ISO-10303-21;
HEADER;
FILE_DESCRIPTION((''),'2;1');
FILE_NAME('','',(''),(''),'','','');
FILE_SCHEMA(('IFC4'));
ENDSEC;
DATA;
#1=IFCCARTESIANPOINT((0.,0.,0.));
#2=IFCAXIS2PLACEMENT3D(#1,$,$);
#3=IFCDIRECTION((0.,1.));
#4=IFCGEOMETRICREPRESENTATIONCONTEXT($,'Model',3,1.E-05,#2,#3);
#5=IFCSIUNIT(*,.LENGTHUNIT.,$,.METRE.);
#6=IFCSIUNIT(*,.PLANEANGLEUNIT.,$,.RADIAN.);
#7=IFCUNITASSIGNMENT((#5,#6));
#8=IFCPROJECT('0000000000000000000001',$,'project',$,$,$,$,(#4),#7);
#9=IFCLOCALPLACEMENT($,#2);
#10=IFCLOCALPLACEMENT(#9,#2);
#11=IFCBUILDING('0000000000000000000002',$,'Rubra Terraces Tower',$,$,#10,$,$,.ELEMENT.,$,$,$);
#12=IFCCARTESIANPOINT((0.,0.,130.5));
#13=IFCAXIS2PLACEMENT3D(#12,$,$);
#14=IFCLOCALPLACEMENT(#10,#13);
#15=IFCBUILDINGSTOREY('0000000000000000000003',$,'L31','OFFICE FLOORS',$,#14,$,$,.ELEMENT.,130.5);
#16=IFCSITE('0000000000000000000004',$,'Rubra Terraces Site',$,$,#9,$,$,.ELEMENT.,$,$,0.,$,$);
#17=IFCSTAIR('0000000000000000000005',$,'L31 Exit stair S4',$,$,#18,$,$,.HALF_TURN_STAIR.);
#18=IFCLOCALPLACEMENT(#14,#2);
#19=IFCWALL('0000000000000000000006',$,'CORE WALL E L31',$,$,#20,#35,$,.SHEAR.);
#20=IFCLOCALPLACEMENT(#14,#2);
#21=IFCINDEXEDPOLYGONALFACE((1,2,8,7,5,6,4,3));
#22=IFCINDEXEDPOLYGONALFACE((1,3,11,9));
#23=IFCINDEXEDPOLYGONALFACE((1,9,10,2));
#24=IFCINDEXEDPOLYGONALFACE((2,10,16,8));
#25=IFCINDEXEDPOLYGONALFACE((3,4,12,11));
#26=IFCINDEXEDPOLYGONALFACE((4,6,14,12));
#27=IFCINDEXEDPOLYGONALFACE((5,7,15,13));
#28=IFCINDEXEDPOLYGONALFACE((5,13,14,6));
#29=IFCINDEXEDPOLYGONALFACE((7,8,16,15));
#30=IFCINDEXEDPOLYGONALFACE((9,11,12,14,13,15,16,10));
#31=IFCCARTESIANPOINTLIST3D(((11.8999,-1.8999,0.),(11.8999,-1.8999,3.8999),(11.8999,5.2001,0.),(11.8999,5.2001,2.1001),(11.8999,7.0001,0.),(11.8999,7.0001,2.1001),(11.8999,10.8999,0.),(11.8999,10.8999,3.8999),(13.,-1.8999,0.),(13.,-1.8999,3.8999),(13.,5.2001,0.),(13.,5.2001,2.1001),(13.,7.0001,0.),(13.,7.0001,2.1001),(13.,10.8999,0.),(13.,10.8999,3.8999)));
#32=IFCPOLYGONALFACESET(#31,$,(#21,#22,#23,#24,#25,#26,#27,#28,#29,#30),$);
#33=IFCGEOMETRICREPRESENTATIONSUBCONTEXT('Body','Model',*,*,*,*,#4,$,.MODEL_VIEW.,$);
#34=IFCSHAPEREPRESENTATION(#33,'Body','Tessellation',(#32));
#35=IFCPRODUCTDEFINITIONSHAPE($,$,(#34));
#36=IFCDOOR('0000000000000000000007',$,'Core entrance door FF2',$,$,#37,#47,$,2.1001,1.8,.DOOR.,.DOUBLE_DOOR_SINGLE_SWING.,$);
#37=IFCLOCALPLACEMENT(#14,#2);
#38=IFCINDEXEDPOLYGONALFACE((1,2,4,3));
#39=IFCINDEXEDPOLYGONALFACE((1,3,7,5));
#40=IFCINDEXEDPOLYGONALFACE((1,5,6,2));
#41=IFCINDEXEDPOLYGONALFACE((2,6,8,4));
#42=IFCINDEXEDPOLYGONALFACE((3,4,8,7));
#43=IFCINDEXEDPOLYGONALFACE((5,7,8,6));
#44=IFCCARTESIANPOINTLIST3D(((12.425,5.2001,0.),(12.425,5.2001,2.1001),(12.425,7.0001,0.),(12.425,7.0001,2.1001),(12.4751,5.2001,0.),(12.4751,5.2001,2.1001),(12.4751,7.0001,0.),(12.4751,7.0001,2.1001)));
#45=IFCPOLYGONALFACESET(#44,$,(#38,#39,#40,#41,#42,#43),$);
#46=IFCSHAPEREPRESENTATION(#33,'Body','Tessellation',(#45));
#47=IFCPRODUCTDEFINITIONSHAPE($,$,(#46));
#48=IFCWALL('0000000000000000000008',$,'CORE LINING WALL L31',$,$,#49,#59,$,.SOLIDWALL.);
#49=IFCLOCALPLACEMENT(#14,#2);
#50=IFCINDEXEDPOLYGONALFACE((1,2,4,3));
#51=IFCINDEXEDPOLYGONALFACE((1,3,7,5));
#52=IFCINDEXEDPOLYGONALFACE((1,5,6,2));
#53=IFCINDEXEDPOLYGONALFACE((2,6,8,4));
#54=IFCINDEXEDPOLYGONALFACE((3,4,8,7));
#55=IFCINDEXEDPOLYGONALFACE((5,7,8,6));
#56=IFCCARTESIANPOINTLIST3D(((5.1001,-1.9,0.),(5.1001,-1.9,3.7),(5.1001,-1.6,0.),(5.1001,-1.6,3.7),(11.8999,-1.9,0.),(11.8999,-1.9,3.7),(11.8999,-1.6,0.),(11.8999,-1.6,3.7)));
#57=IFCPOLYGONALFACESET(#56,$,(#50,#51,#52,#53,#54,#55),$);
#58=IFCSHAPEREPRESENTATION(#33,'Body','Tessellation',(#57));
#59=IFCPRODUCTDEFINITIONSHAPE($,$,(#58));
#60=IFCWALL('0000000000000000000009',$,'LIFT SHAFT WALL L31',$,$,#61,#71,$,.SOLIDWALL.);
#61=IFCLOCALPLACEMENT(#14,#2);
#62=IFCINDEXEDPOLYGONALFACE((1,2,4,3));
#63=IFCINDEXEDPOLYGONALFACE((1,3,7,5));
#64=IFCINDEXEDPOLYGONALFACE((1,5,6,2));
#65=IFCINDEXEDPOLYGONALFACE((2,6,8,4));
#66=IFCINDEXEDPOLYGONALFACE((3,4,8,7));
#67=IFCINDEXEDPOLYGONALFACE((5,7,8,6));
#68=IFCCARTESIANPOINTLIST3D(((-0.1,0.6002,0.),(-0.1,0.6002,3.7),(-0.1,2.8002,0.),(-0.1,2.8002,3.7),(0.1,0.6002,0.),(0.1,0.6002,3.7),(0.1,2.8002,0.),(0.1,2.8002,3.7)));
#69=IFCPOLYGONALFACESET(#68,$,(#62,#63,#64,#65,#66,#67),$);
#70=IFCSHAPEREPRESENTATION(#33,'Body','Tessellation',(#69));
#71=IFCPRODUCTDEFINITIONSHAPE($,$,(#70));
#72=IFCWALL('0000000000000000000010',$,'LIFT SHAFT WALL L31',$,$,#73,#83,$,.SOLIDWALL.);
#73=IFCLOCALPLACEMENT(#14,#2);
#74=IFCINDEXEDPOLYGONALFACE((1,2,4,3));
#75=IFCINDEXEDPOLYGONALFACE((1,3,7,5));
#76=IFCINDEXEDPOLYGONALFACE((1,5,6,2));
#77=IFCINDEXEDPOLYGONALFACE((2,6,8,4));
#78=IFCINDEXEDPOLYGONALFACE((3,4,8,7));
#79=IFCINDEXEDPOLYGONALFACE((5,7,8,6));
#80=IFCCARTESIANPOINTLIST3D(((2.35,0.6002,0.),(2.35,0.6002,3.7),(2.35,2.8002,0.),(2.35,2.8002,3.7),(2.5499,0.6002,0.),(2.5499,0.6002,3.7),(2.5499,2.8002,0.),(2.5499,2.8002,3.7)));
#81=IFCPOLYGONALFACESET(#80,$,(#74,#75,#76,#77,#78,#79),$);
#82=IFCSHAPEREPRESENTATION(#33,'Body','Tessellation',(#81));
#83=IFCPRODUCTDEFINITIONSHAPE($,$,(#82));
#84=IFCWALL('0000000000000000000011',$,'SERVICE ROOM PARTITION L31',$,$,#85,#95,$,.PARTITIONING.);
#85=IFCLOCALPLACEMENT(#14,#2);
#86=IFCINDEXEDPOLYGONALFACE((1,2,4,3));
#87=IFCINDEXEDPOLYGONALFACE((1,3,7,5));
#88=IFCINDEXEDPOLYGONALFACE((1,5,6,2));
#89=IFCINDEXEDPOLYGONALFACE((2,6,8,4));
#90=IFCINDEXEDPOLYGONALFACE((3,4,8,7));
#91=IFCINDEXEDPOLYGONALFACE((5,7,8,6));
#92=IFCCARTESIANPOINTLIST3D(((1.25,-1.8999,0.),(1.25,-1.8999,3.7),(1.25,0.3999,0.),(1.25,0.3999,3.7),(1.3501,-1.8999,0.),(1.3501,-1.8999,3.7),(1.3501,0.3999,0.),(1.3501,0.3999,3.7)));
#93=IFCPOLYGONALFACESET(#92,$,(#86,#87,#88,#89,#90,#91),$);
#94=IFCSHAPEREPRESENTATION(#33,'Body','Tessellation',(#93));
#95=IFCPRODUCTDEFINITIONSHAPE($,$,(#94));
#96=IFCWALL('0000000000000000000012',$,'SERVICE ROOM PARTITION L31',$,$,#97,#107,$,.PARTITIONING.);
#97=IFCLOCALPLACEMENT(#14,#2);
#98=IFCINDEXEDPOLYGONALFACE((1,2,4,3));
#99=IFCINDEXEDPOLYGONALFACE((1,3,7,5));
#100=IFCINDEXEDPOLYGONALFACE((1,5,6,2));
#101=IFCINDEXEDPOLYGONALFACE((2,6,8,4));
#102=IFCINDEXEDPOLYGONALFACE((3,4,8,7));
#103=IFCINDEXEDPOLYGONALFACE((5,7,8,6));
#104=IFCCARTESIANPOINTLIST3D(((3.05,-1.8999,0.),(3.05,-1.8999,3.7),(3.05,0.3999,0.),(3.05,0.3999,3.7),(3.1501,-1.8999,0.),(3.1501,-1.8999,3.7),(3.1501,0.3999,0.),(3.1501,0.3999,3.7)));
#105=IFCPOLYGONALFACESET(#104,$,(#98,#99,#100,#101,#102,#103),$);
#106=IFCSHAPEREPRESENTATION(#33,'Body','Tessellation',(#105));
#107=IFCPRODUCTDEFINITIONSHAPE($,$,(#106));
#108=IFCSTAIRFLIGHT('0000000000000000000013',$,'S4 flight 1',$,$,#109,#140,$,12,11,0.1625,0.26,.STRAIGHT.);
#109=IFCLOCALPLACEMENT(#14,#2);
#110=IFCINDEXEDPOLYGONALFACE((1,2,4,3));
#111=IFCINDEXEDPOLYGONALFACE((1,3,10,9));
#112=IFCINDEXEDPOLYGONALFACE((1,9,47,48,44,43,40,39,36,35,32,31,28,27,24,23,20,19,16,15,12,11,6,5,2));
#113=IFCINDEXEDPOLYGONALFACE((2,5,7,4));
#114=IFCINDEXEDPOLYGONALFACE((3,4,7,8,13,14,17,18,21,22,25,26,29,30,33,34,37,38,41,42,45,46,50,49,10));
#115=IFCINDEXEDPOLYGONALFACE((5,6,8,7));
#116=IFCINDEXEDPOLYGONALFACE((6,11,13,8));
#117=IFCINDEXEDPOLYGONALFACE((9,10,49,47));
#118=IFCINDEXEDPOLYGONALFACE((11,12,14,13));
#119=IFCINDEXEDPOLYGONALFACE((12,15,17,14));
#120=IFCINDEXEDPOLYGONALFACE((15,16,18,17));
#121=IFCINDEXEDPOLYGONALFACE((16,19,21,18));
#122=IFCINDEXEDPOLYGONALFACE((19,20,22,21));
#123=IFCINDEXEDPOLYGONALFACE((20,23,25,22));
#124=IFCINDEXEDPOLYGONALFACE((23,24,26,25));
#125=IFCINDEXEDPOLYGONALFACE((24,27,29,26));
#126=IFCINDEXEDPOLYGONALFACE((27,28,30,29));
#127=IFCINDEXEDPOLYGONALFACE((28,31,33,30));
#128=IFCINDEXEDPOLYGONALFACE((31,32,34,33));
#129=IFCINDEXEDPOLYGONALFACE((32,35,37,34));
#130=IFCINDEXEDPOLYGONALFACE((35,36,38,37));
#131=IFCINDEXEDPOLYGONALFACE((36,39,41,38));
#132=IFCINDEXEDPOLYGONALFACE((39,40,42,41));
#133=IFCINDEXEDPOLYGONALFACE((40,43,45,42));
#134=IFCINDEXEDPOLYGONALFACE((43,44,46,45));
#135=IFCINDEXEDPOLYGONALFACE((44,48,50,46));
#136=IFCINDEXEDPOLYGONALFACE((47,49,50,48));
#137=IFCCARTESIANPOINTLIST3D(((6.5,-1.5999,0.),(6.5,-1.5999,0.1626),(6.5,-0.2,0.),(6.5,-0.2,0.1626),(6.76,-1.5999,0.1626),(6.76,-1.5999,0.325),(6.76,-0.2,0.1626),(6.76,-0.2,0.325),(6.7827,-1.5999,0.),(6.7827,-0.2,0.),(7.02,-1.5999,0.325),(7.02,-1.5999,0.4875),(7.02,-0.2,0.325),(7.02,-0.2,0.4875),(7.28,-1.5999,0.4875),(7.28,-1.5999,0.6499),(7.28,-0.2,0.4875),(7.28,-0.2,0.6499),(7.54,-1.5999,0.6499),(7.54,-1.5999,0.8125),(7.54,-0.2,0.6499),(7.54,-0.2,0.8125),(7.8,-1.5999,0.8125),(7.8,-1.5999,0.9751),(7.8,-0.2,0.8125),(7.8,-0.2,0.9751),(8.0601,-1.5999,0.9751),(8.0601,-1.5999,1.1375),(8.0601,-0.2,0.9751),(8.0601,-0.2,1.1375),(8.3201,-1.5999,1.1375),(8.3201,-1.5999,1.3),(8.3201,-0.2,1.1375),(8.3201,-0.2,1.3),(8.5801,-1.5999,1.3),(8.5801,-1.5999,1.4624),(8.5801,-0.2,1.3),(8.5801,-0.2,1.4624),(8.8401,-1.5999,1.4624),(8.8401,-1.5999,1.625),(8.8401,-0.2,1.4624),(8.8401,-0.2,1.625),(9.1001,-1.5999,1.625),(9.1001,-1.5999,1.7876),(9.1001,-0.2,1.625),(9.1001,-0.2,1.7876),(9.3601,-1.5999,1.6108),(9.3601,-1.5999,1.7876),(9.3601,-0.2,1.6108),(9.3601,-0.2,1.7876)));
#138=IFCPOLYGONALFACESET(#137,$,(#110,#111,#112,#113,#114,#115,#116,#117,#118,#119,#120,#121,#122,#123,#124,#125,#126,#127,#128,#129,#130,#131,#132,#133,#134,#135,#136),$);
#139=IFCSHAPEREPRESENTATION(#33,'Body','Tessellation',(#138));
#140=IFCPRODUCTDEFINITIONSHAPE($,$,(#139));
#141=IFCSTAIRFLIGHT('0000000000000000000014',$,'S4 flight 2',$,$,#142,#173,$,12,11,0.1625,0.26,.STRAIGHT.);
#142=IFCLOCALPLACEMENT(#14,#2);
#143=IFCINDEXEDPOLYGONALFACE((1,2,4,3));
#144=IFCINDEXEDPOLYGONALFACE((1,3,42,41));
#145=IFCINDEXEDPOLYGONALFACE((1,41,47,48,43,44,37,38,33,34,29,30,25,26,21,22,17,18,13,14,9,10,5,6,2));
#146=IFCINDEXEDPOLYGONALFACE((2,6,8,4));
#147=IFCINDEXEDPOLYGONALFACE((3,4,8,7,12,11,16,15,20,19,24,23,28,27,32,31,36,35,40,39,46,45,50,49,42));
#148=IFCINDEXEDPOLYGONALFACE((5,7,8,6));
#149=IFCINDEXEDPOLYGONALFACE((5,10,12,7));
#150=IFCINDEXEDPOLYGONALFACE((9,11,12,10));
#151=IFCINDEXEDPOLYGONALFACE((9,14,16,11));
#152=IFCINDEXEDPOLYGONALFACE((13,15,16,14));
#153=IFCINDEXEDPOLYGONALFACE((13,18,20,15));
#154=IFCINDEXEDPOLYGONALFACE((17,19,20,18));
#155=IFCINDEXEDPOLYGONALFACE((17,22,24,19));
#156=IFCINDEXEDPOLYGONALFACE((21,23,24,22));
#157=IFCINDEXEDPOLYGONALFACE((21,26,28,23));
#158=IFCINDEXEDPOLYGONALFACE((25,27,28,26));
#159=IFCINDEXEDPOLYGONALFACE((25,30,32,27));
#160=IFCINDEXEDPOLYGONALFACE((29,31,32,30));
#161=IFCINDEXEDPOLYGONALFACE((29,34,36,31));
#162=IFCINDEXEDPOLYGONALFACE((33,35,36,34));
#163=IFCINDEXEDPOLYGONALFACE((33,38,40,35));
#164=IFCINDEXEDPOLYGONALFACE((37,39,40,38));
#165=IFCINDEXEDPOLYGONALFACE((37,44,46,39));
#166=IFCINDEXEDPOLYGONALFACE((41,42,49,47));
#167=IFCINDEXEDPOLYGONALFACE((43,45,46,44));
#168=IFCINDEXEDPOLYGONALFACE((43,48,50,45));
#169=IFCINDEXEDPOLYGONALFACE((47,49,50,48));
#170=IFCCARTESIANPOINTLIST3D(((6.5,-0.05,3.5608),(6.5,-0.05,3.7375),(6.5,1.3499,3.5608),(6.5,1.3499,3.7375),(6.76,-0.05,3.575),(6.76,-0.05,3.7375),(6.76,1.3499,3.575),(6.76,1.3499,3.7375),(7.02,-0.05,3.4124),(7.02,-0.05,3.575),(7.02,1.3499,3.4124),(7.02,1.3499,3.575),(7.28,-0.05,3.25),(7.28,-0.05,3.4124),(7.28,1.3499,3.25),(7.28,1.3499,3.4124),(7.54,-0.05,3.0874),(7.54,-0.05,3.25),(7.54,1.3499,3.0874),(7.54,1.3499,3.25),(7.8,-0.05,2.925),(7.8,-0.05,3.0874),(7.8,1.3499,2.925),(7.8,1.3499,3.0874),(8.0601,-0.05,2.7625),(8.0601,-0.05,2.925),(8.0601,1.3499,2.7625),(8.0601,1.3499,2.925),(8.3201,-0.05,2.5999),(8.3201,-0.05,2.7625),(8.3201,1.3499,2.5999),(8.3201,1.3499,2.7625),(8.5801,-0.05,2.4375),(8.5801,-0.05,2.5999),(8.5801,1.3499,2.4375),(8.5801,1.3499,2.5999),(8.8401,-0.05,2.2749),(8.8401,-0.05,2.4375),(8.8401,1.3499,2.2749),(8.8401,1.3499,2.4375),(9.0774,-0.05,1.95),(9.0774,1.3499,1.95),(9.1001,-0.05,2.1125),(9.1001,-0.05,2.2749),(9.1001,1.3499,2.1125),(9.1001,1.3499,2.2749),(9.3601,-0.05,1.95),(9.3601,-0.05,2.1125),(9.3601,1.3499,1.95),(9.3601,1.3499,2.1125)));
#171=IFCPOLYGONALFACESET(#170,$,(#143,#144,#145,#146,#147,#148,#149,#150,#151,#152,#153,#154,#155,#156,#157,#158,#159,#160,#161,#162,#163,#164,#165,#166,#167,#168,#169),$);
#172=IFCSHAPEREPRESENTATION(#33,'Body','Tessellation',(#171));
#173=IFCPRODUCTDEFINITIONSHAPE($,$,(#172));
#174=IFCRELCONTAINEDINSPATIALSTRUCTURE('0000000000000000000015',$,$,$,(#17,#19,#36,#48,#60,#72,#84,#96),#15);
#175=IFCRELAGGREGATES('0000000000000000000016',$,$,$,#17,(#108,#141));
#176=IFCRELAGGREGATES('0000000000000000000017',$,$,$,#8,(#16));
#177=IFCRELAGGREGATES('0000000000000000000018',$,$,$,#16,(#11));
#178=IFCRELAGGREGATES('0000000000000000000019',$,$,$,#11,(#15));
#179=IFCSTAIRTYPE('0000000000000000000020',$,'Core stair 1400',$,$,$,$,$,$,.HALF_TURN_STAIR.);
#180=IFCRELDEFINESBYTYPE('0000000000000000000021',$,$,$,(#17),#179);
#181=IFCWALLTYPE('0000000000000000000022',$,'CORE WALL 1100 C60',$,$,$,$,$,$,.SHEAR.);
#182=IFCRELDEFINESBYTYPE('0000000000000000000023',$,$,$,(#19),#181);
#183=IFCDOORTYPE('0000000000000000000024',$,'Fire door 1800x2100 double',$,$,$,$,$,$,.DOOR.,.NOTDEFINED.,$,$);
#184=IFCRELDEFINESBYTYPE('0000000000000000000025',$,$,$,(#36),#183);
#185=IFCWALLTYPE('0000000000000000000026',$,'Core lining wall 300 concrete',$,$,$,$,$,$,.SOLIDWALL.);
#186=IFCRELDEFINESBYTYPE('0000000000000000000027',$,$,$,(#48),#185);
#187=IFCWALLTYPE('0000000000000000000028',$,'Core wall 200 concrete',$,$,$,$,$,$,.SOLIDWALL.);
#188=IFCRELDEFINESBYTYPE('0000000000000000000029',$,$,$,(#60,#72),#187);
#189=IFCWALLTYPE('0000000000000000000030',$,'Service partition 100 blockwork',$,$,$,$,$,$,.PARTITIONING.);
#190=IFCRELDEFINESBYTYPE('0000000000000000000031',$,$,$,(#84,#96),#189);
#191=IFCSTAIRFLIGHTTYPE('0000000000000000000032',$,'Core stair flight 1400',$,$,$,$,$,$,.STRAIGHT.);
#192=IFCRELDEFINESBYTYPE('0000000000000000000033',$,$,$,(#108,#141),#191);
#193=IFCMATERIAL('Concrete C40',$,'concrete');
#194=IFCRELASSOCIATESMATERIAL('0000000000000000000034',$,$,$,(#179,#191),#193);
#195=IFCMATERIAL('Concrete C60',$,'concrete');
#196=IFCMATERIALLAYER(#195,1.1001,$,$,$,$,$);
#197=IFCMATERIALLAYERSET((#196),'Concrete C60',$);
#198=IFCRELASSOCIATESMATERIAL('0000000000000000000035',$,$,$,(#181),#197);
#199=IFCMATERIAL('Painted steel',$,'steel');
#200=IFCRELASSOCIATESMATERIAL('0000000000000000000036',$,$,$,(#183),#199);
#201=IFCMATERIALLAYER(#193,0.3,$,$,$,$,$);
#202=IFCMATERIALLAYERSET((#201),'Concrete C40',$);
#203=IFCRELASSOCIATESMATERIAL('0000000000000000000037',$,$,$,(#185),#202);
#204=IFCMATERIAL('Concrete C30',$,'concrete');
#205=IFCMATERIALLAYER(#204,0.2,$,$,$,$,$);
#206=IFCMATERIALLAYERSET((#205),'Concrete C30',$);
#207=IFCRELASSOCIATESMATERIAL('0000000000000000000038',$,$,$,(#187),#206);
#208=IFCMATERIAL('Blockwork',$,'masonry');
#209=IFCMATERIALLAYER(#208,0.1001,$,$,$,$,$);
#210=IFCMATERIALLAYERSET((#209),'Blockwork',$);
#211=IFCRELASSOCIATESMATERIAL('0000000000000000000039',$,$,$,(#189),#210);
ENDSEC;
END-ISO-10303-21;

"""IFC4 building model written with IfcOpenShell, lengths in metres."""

from ifc_helpers import new_model, si_unit, direction, frame, frame_2d, origin, place, context, subcontext, project, spatial, polyline, rectangle, outline, extrude, material, layer, layer_set, type_object, element, fill, aggregate, save


model = new_model("IFC4")

# Units and contexts
model_context = context("Model", 3, precision=1e-05, world=origin(), true_north=direction((0.0, 1.0)))
body_context = subcontext(model_context, "Body", "Model", "MODEL_VIEW")
ifc_project = project(units=[si_unit("LENGTHUNIT", "METRE"), si_unit("PLANEANGLEUNIT", "RADIAN")], contexts=[model_context])

# Site, building, storey
site_placement = place(None, origin())
site = spatial("IfcSite", under=ifc_project, at=site_placement, Name="Rubra Terraces Site", CompositionType="ELEMENT", RefElevation=0.0)
building_placement = place(site_placement, origin())
building = spatial("IfcBuilding", under=site, at=building_placement, Name="Rubra Terraces Tower", CompositionType="ELEMENT")
storey_placement = place(building_placement, frame((0.0, 0.0, 130.5)))
storey = spatial("IfcBuildingStorey", under=building, at=storey_placement, Name="L31", Description="OFFICE FLOORS", CompositionType="ELEMENT", Elevation=130.5)

# Shared definitions
ifc_material_1 = material(Name="Concrete C40", Category="concrete")

# Stair
stair_type = type_object("IfcStairType", Name="Core stair 1400", PredefinedType="HALF_TURN_STAIR", material=ifc_material_1)
stair_1_placement = place(storey_placement, origin())
stair_1 = element("IfcStair", 1, at=stair_1_placement, inside=storey, type_object=stair_type, Name="L31 Exit stair S4", PredefinedType="HALF_TURN_STAIR")

# Wall, opening, door
ifc_material_2 = material(Name="Concrete C60", Category="concrete")
ifc_layer_1 = layer(ifc_material_2, 1.1001)
ifc_layer_set_1 = layer_set([ifc_layer_1], Name="Concrete C60")
wall_type_1 = type_object("IfcWallType", Name="CORE WALL 1100 C60", PredefinedType="SHEAR", material=ifc_layer_set_1)
wall_1_placement = place(storey_placement, frame((12.45, -1.8999, 0.0), z_axis=(0.0, 0.0, 1.0), x_axis=(0.0, 1.0, 0.0)))
wall_1 = element("IfcWall", 2, at=wall_1_placement, inside=storey, type_object=wall_type_1, Name="CORE WALL E L31", PredefinedType="SHEAR", context=body_context, shape_type="SweptSolid", body=[
    extrude(rectangle(XDim=12.7998, YDim=1.1001, at=frame_2d((6.3999, 0.0))), origin(), (0.0, 0.0, 1.0), 3.8999),
])
opening_placement = place(wall_1_placement, frame((7.1001, 0.0, 0.0)))
opening = element("IfcOpeningElement", 3, at=opening_placement, cuts=wall_1, PredefinedType="OPENING", context=body_context, shape_type="SweptSolid", body=[
    extrude(rectangle(XDim=1.8, YDim=2.1001, at=frame_2d((0.8999, 1.05))), frame((0.0, 0.5601, 0.0), z_axis=(0.0, -1.0, 0.0), x_axis=(1.0, 0.0, 0.0)), (0.0, 0.0, 1.0), 1.1201),
])
ifc_material_3 = material(Name="Painted steel", Category="steel")
door_type = type_object("IfcDoorType", Name="Fire door 1800x2100 double", OperationType="NOTDEFINED", PredefinedType="DOOR", material=ifc_material_3)
door_placement = place(opening_placement, origin())
door = element("IfcDoor", 4, at=door_placement, inside=storey, type_object=door_type, Name="Core entrance door FF2", OperationType="DOUBLE_DOOR_SINGLE_SWING", OverallHeight=2.1001, OverallWidth=1.8, PredefinedType="DOOR", context=body_context, shape_type="SweptSolid", body=[
    extrude(rectangle(XDim=1.8, YDim=2.1001, at=frame_2d((0.8999, 1.05))), frame((0.0, 0.0249, 0.0), z_axis=(0.0, -1.0, 0.0), x_axis=(1.0, 0.0, 0.0)), (0.0, 0.0, 1.0), 0.05),
])
fill(opening, door)

# Walls
ifc_layer_2 = layer(ifc_material_1, 0.3)
ifc_layer_set_2 = layer_set([ifc_layer_2], Name="Concrete C40")
wall_type_2 = type_object("IfcWallType", Name="Core lining wall 300 concrete", PredefinedType="SOLIDWALL", material=ifc_layer_set_2)
wall_2_placement = place(storey_placement, frame((11.8999, -1.75, 0.0), z_axis=(0.0, 0.0, 1.0), x_axis=(-1.0, 0.0, 0.0)))
element("IfcWall", 5, at=wall_2_placement, inside=storey, type_object=wall_type_2, Name="CORE LINING WALL L31", PredefinedType="SOLIDWALL", context=body_context, shape_type="SweptSolid", body=[
    extrude(rectangle(XDim=6.7998, YDim=0.3, at=frame_2d((3.3999, 0.0))), origin(), (0.0, 0.0, 1.0), 3.7),
])
ifc_material_4 = material(Name="Concrete C30", Category="concrete")
ifc_layer_3 = layer(ifc_material_4, 0.2)
ifc_layer_set_3 = layer_set([ifc_layer_3], Name="Concrete C30")
wall_type_3 = type_object("IfcWallType", Name="Core wall 200 concrete", PredefinedType="SOLIDWALL", material=ifc_layer_set_3)
for number, where, z_axis, x_axis, name in (
    (6, (0.0, 0.6001, 0.0), (0.0, 0.0, 1.0), (0.0, 1.0, 0.0), "LIFT SHAFT WALL L31"),
    (7, (2.45, 0.6001, 0.0), (0.0, 0.0, 1.0), (0.0, 1.0, 0.0), "LIFT SHAFT WALL L31"),
):
    element("IfcWall", number, at=place(storey_placement, frame(where, z_axis=z_axis, x_axis=x_axis)), inside=storey, type_object=wall_type_3, Name=name, PredefinedType="SOLIDWALL", context=body_context, shape_type="SweptSolid", body=[
        extrude(rectangle(XDim=2.2, YDim=0.2, at=frame_2d((1.1001, 0.0))), origin(), (0.0, 0.0, 1.0), 3.7),
    ])
ifc_material_5 = material(Name="Blockwork", Category="masonry")
ifc_layer_4 = layer(ifc_material_5, 0.1001)
ifc_layer_set_4 = layer_set([ifc_layer_4], Name="Blockwork")
wall_type_4 = type_object("IfcWallType", Name="Service partition 100 blockwork", PredefinedType="PARTITIONING", material=ifc_layer_set_4)
for number, where, z_axis, x_axis, name in (
    (8, (1.3, -1.8999, 0.0), (0.0, 0.0, 1.0), (0.0, 1.0, 0.0), "SERVICE ROOM PARTITION L31"),
    (9, (3.1001, -1.8999, 0.0), (0.0, 0.0, 1.0), (0.0, 1.0, 0.0), "SERVICE ROOM PARTITION L31"),
):
    element("IfcWall", number, at=place(storey_placement, frame(where, z_axis=z_axis, x_axis=x_axis)), inside=storey, type_object=wall_type_4, Name=name, PredefinedType="PARTITIONING", context=body_context, shape_type="SweptSolid", body=[
        extrude(rectangle(XDim=2.2998, YDim=0.1001, at=frame_2d((1.1499, 0.0))), origin(), (0.0, 0.0, 1.0), 3.7),
    ])

# Stair flights
stair_flight_type = type_object("IfcStairFlightType", Name="Core stair flight 1400", PredefinedType="STRAIGHT", material=ifc_material_1)
stair_flight_1_placement = place(storey_placement, frame((6.5, -0.8999, 0.0), z_axis=(0.0, 0.0, 1.0), x_axis=(1.0, 0.0, 0.0)))
stair_flight_1 = element("IfcStairFlight", 10, at=stair_flight_1_placement, type_object=stair_flight_type, Name="S4 flight 1", NumberOfRisers=12, NumberOfTreads=11, PredefinedType="STRAIGHT", RiserHeight=0.1625, TreadLength=0.26, context=body_context, shape_type="SweptSolid", body=[
    extrude(outline(polyline([(0.0, 0.0), (0.0, 0.1626), (0.26, 0.1626), (0.26, 0.325), (0.52, 0.325), (0.52, 0.4875), (0.78, 0.4875), (0.78, 0.6499), (1.04, 0.6499), (1.04, 0.8125), (1.3, 0.8125), (1.3, 0.9751), (1.5601, 0.9751), (1.5601, 1.1375), (1.8201, 1.1375), (1.8201, 1.3), (2.0801, 1.3), (2.0801, 1.4624), (2.3401, 1.4624), (2.3401, 1.625), (2.6001, 1.625), (2.6001, 1.7876), (2.8601, 1.7876), (2.8601, 1.95), (2.8601, 1.6108), (0.2827, 0.0), (0.0, 0.0)])), frame((0.0, 0.7, 0.0), z_axis=(0.0, -1.0, 0.0), x_axis=(1.0, 0.0, 0.0)), (0.0, 0.0, 1.0), 1.3999),
])
stair_flight_2_placement = place(storey_placement, frame((9.3601, 0.6499, 1.95), z_axis=(0.0, 0.0, 1.0), x_axis=(-1.0, 0.0, 0.0)))
stair_flight_2 = element("IfcStairFlight", 11, at=stair_flight_2_placement, type_object=stair_flight_type, Name="S4 flight 2", NumberOfRisers=12, NumberOfTreads=11, PredefinedType="STRAIGHT", RiserHeight=0.1625, TreadLength=0.26, context=body_context, shape_type="SweptSolid", body=[
    extrude(outline(polyline([(0.0, 0.0), (0.0, 0.1626), (0.26, 0.1626), (0.26, 0.325), (0.52, 0.325), (0.52, 0.4875), (0.78, 0.4875), (0.78, 0.6499), (1.04, 0.6499), (1.04, 0.8125), (1.3, 0.8125), (1.3, 0.9751), (1.5601, 0.9751), (1.5601, 1.1375), (1.8201, 1.1375), (1.8201, 1.3), (2.0801, 1.3), (2.0801, 1.4624), (2.3401, 1.4624), (2.3401, 1.625), (2.6001, 1.625), (2.6001, 1.7876), (2.8601, 1.7876), (2.8601, 1.95), (2.8601, 1.6108), (0.2827, 0.0), (0.0, 0.0)])), frame((0.0, 0.7, 0.0), z_axis=(0.0, -1.0, 0.0), x_axis=(1.0, 0.0, 0.0)), (0.0, 0.0, 1.0), 1.3999),
])
aggregate(stair_1, [stair_flight_1, stair_flight_2])

save(model, "model.ifc")
